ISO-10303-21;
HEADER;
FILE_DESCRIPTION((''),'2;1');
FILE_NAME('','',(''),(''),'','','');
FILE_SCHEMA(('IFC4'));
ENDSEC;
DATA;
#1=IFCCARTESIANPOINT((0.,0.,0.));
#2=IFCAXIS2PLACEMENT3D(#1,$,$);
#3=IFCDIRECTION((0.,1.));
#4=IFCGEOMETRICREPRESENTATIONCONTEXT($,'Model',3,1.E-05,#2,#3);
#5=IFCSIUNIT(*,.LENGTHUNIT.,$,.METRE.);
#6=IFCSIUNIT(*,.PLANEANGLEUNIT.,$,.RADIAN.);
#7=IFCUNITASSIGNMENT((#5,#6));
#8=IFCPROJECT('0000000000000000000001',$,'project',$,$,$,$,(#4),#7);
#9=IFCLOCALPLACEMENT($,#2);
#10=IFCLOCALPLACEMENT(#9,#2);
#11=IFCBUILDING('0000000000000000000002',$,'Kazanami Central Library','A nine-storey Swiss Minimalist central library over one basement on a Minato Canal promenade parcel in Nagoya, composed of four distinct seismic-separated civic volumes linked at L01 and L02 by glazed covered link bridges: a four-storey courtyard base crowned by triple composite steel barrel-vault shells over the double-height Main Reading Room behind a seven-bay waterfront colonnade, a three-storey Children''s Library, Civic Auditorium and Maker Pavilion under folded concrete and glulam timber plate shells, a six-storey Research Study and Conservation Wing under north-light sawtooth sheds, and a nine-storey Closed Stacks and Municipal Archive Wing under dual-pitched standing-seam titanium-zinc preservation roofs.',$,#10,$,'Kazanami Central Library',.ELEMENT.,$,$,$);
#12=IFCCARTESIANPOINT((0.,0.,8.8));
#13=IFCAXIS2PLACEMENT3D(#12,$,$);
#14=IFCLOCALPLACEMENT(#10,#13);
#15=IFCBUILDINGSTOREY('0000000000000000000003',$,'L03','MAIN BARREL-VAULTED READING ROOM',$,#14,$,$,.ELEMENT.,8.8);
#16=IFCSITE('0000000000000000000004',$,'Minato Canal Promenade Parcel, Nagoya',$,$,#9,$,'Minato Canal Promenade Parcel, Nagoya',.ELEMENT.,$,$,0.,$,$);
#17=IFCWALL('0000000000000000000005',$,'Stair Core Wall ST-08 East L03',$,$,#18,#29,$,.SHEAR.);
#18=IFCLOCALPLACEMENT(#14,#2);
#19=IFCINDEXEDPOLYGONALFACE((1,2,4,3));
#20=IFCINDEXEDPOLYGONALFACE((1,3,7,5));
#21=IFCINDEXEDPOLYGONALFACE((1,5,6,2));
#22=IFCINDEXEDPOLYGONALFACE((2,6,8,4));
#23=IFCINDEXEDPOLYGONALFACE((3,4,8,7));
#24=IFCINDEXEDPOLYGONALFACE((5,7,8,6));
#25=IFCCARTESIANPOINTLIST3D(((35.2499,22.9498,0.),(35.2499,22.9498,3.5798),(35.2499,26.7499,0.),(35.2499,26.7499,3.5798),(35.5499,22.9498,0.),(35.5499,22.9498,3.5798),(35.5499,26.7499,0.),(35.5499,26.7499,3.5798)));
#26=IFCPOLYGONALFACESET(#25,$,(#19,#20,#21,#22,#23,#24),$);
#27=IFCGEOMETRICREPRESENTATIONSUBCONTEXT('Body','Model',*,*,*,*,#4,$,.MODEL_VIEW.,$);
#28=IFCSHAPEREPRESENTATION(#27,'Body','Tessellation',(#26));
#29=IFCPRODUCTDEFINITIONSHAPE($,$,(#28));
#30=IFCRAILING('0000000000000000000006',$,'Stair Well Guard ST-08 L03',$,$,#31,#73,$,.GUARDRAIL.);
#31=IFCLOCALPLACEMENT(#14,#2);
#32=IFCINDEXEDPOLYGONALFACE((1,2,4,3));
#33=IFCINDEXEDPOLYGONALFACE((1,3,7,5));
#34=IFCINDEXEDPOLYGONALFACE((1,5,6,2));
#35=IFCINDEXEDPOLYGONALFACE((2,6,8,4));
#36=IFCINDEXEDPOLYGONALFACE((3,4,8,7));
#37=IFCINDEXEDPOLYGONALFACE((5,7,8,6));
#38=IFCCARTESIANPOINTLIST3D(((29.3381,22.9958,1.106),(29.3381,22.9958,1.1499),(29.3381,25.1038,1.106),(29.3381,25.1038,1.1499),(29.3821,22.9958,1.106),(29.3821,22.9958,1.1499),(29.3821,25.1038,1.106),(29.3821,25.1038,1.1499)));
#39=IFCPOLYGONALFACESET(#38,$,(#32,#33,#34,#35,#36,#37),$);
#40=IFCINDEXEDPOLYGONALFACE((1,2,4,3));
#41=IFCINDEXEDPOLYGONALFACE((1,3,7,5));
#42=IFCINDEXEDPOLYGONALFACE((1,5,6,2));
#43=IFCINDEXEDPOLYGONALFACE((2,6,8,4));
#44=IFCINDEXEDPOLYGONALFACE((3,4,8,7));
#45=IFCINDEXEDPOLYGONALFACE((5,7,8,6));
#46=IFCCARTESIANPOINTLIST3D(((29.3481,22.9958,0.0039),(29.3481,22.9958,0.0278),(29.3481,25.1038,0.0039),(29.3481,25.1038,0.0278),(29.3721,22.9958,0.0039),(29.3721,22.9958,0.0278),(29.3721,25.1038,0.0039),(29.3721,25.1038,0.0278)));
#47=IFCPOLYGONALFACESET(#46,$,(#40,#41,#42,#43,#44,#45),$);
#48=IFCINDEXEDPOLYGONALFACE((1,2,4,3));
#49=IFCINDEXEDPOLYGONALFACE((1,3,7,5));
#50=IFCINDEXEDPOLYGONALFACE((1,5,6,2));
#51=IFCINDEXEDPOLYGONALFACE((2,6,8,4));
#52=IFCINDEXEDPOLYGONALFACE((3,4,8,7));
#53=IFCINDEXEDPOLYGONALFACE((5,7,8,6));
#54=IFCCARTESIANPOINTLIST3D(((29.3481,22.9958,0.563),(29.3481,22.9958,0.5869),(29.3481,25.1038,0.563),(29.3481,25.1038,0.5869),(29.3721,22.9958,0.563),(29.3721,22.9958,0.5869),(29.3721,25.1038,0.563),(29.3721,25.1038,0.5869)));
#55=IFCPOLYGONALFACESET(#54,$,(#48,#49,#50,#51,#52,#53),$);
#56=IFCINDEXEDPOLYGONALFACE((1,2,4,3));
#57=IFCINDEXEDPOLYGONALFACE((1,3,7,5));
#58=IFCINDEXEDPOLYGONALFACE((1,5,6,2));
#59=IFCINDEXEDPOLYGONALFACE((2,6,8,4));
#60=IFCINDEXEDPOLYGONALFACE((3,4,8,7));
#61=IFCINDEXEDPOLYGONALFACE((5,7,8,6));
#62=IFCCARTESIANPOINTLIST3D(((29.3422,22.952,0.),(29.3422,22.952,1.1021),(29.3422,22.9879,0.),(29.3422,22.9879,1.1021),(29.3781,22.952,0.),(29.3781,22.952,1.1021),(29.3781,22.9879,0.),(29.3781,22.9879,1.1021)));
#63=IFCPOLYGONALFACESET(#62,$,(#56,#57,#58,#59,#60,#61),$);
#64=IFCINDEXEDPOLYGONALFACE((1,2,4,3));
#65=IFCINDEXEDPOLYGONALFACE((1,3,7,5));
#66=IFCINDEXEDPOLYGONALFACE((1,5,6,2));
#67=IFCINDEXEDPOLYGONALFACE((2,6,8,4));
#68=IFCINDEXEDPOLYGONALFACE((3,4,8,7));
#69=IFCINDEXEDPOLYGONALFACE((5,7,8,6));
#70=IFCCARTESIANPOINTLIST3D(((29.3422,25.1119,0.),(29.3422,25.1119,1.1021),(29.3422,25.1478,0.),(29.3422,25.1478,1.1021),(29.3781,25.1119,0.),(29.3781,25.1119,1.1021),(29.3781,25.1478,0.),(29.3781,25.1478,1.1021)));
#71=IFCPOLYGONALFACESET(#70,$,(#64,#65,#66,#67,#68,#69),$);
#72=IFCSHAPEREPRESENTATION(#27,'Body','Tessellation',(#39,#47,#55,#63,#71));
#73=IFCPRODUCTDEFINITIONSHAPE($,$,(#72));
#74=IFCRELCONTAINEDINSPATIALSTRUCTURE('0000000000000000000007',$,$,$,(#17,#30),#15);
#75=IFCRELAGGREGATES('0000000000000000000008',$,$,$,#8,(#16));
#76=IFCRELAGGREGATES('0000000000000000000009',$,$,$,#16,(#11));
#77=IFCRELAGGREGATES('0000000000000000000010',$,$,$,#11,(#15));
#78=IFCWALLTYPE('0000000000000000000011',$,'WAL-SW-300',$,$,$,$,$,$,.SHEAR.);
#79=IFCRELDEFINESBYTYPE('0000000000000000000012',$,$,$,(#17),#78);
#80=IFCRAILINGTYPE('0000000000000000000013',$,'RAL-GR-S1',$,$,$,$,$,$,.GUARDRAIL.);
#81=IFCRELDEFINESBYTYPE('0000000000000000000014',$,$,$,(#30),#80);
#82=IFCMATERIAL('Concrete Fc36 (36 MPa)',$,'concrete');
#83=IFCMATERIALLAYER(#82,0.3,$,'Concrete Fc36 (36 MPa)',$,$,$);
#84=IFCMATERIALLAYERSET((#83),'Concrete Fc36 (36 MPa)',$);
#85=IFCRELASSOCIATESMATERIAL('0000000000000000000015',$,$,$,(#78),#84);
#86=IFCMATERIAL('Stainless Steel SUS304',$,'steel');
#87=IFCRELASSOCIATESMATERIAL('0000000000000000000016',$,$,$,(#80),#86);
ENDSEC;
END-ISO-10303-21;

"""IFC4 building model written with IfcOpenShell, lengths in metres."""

from ifc_helpers import new_model, si_unit, direction, frame, frame_2d, origin, origin_2d, place, context, subcontext, project, spatial, rectangle, extrude, material, layer, layer_set, type_object, element, save


model = new_model("IFC4")

# Units and contexts
model_context = context("Model", 3, precision=1e-05, world=origin(), true_north=direction((0.0, 1.0)))
body_context = subcontext(model_context, "Body", "Model", "MODEL_VIEW")
ifc_project = project(units=[si_unit("LENGTHUNIT", "METRE"), si_unit("PLANEANGLEUNIT", "RADIAN")], contexts=[model_context])

# Site, building, storey
site_placement = place(None, origin())
site = spatial("IfcSite", under=ifc_project, at=site_placement, Name="Minato Canal Promenade Parcel, Nagoya", LongName="Minato Canal Promenade Parcel, Nagoya", CompositionType="ELEMENT", RefElevation=0.0)
building_placement = place(site_placement, origin())
building = spatial("IfcBuilding", under=site, at=building_placement, Name="Kazanami Central Library", Description="A nine-storey Swiss Minimalist central library over one basement on a Minato Canal promenade parcel in Nagoya, composed of four distinct seismic-separated civic volumes linked at L01 and L02 by glazed covered link bridges: a four-storey courtyard base crowned by triple composite steel barrel-vault shells over the double-height Main Reading Room behind a seven-bay waterfront colonnade, a three-storey Children's Library, Civic Auditorium and Maker Pavilion under folded concrete and glulam timber plate shells, a six-storey Research Study and Conservation Wing under north-light sawtooth sheds, and a nine-storey Closed Stacks and Municipal Archive Wing under dual-pitched standing-seam titanium-zinc preservation roofs.", LongName="Kazanami Central Library", CompositionType="ELEMENT")
storey_placement = place(building_placement, frame((0.0, 0.0, 8.8)))
storey = spatial("IfcBuildingStorey", under=building, at=storey_placement, Name="L03", Description="MAIN BARREL-VAULTED READING ROOM", CompositionType="ELEMENT", Elevation=8.8)

# Shared definitions
ifc_material_1 = material(Name="Concrete Fc36 (36 MPa)", Category="concrete")

# Shared definitions
ifc_layer_1 = layer(ifc_material_1, 0.3, Name="Concrete Fc36 (36 MPa)")
ifc_layer_set_1 = layer_set([ifc_layer_1], Name="Concrete Fc36 (36 MPa)")
wall_type_1 = type_object("IfcWallType", Name="WAL-SW-300", PredefinedType="SHEAR", material=ifc_layer_set_1)

# Wall
for number, where, z_axis, x_axis, name in (
    (1, (35.3999, 22.95, 0.0), (0.0, 0.0, 1.0), (0.0, 1.0, 0.0), "Stair Core Wall ST-08 East L03"),
):
    element("IfcWall", number, at=place(storey_placement, frame(where, z_axis=z_axis, x_axis=x_axis)), inside=storey, type_object=wall_type_1, Name=name, PredefinedType="SHEAR", context=body_context, shape_type="SweptSolid", body=[
        extrude(rectangle(XDim=3.8, YDim=0.3, at=frame_2d((1.8999, 0.0))), origin(), (0.0, 0.0, 1.0), 3.5798),
    ])

# Railing
ifc_material_2 = material(Name="Stainless Steel SUS304", Category="steel")
railing_type = type_object("IfcRailingType", Name="RAL-GR-S1", PredefinedType="GUARDRAIL", material=ifc_material_2)
railing_placement = place(storey_placement, frame((29.3601, 22.97, 0.0)))
element("IfcRailing", 2, at=railing_placement, inside=storey, type_object=railing_type, Name="Stair Well Guard ST-08 L03", PredefinedType="GUARDRAIL", context=body_context, shape_type="SweptSolid", body=[
    extrude(rectangle(XDim=0.0439, YDim=0.0439, at=origin_2d()), frame((0.0, 0.0259, 1.1279), z_axis=(0.0, 1.0, 0.0), x_axis=(-1.0, 0.0, 0.0)), (0.0, 0.0, 1.0), 2.1079),
    extrude(rectangle(XDim=0.0239, YDim=0.0239, at=origin_2d()), frame((0.0, 0.0259, 0.0159), z_axis=(0.0, 1.0, 0.0), x_axis=(-1.0, 0.0, 0.0)), (0.0, 0.0, 1.0), 2.1079),
    extrude(rectangle(XDim=0.0239, YDim=0.0239, at=origin_2d()), frame((0.0, 0.0259, 0.575), z_axis=(0.0, 1.0, 0.0), x_axis=(-1.0, 0.0, 0.0)), (0.0, 0.0, 1.0), 2.1079),
    extrude(rectangle(XDim=0.0359, YDim=0.0359, at=origin_2d()), origin(), (0.0, 0.0, 1.0), 1.1021),
    extrude(rectangle(XDim=0.0359, YDim=0.0359, at=origin_2d()), frame((0.0, 2.1599, 0.0)), (0.0, 0.0, 1.0), 1.1021),
])

save(model, "model.ifc")
